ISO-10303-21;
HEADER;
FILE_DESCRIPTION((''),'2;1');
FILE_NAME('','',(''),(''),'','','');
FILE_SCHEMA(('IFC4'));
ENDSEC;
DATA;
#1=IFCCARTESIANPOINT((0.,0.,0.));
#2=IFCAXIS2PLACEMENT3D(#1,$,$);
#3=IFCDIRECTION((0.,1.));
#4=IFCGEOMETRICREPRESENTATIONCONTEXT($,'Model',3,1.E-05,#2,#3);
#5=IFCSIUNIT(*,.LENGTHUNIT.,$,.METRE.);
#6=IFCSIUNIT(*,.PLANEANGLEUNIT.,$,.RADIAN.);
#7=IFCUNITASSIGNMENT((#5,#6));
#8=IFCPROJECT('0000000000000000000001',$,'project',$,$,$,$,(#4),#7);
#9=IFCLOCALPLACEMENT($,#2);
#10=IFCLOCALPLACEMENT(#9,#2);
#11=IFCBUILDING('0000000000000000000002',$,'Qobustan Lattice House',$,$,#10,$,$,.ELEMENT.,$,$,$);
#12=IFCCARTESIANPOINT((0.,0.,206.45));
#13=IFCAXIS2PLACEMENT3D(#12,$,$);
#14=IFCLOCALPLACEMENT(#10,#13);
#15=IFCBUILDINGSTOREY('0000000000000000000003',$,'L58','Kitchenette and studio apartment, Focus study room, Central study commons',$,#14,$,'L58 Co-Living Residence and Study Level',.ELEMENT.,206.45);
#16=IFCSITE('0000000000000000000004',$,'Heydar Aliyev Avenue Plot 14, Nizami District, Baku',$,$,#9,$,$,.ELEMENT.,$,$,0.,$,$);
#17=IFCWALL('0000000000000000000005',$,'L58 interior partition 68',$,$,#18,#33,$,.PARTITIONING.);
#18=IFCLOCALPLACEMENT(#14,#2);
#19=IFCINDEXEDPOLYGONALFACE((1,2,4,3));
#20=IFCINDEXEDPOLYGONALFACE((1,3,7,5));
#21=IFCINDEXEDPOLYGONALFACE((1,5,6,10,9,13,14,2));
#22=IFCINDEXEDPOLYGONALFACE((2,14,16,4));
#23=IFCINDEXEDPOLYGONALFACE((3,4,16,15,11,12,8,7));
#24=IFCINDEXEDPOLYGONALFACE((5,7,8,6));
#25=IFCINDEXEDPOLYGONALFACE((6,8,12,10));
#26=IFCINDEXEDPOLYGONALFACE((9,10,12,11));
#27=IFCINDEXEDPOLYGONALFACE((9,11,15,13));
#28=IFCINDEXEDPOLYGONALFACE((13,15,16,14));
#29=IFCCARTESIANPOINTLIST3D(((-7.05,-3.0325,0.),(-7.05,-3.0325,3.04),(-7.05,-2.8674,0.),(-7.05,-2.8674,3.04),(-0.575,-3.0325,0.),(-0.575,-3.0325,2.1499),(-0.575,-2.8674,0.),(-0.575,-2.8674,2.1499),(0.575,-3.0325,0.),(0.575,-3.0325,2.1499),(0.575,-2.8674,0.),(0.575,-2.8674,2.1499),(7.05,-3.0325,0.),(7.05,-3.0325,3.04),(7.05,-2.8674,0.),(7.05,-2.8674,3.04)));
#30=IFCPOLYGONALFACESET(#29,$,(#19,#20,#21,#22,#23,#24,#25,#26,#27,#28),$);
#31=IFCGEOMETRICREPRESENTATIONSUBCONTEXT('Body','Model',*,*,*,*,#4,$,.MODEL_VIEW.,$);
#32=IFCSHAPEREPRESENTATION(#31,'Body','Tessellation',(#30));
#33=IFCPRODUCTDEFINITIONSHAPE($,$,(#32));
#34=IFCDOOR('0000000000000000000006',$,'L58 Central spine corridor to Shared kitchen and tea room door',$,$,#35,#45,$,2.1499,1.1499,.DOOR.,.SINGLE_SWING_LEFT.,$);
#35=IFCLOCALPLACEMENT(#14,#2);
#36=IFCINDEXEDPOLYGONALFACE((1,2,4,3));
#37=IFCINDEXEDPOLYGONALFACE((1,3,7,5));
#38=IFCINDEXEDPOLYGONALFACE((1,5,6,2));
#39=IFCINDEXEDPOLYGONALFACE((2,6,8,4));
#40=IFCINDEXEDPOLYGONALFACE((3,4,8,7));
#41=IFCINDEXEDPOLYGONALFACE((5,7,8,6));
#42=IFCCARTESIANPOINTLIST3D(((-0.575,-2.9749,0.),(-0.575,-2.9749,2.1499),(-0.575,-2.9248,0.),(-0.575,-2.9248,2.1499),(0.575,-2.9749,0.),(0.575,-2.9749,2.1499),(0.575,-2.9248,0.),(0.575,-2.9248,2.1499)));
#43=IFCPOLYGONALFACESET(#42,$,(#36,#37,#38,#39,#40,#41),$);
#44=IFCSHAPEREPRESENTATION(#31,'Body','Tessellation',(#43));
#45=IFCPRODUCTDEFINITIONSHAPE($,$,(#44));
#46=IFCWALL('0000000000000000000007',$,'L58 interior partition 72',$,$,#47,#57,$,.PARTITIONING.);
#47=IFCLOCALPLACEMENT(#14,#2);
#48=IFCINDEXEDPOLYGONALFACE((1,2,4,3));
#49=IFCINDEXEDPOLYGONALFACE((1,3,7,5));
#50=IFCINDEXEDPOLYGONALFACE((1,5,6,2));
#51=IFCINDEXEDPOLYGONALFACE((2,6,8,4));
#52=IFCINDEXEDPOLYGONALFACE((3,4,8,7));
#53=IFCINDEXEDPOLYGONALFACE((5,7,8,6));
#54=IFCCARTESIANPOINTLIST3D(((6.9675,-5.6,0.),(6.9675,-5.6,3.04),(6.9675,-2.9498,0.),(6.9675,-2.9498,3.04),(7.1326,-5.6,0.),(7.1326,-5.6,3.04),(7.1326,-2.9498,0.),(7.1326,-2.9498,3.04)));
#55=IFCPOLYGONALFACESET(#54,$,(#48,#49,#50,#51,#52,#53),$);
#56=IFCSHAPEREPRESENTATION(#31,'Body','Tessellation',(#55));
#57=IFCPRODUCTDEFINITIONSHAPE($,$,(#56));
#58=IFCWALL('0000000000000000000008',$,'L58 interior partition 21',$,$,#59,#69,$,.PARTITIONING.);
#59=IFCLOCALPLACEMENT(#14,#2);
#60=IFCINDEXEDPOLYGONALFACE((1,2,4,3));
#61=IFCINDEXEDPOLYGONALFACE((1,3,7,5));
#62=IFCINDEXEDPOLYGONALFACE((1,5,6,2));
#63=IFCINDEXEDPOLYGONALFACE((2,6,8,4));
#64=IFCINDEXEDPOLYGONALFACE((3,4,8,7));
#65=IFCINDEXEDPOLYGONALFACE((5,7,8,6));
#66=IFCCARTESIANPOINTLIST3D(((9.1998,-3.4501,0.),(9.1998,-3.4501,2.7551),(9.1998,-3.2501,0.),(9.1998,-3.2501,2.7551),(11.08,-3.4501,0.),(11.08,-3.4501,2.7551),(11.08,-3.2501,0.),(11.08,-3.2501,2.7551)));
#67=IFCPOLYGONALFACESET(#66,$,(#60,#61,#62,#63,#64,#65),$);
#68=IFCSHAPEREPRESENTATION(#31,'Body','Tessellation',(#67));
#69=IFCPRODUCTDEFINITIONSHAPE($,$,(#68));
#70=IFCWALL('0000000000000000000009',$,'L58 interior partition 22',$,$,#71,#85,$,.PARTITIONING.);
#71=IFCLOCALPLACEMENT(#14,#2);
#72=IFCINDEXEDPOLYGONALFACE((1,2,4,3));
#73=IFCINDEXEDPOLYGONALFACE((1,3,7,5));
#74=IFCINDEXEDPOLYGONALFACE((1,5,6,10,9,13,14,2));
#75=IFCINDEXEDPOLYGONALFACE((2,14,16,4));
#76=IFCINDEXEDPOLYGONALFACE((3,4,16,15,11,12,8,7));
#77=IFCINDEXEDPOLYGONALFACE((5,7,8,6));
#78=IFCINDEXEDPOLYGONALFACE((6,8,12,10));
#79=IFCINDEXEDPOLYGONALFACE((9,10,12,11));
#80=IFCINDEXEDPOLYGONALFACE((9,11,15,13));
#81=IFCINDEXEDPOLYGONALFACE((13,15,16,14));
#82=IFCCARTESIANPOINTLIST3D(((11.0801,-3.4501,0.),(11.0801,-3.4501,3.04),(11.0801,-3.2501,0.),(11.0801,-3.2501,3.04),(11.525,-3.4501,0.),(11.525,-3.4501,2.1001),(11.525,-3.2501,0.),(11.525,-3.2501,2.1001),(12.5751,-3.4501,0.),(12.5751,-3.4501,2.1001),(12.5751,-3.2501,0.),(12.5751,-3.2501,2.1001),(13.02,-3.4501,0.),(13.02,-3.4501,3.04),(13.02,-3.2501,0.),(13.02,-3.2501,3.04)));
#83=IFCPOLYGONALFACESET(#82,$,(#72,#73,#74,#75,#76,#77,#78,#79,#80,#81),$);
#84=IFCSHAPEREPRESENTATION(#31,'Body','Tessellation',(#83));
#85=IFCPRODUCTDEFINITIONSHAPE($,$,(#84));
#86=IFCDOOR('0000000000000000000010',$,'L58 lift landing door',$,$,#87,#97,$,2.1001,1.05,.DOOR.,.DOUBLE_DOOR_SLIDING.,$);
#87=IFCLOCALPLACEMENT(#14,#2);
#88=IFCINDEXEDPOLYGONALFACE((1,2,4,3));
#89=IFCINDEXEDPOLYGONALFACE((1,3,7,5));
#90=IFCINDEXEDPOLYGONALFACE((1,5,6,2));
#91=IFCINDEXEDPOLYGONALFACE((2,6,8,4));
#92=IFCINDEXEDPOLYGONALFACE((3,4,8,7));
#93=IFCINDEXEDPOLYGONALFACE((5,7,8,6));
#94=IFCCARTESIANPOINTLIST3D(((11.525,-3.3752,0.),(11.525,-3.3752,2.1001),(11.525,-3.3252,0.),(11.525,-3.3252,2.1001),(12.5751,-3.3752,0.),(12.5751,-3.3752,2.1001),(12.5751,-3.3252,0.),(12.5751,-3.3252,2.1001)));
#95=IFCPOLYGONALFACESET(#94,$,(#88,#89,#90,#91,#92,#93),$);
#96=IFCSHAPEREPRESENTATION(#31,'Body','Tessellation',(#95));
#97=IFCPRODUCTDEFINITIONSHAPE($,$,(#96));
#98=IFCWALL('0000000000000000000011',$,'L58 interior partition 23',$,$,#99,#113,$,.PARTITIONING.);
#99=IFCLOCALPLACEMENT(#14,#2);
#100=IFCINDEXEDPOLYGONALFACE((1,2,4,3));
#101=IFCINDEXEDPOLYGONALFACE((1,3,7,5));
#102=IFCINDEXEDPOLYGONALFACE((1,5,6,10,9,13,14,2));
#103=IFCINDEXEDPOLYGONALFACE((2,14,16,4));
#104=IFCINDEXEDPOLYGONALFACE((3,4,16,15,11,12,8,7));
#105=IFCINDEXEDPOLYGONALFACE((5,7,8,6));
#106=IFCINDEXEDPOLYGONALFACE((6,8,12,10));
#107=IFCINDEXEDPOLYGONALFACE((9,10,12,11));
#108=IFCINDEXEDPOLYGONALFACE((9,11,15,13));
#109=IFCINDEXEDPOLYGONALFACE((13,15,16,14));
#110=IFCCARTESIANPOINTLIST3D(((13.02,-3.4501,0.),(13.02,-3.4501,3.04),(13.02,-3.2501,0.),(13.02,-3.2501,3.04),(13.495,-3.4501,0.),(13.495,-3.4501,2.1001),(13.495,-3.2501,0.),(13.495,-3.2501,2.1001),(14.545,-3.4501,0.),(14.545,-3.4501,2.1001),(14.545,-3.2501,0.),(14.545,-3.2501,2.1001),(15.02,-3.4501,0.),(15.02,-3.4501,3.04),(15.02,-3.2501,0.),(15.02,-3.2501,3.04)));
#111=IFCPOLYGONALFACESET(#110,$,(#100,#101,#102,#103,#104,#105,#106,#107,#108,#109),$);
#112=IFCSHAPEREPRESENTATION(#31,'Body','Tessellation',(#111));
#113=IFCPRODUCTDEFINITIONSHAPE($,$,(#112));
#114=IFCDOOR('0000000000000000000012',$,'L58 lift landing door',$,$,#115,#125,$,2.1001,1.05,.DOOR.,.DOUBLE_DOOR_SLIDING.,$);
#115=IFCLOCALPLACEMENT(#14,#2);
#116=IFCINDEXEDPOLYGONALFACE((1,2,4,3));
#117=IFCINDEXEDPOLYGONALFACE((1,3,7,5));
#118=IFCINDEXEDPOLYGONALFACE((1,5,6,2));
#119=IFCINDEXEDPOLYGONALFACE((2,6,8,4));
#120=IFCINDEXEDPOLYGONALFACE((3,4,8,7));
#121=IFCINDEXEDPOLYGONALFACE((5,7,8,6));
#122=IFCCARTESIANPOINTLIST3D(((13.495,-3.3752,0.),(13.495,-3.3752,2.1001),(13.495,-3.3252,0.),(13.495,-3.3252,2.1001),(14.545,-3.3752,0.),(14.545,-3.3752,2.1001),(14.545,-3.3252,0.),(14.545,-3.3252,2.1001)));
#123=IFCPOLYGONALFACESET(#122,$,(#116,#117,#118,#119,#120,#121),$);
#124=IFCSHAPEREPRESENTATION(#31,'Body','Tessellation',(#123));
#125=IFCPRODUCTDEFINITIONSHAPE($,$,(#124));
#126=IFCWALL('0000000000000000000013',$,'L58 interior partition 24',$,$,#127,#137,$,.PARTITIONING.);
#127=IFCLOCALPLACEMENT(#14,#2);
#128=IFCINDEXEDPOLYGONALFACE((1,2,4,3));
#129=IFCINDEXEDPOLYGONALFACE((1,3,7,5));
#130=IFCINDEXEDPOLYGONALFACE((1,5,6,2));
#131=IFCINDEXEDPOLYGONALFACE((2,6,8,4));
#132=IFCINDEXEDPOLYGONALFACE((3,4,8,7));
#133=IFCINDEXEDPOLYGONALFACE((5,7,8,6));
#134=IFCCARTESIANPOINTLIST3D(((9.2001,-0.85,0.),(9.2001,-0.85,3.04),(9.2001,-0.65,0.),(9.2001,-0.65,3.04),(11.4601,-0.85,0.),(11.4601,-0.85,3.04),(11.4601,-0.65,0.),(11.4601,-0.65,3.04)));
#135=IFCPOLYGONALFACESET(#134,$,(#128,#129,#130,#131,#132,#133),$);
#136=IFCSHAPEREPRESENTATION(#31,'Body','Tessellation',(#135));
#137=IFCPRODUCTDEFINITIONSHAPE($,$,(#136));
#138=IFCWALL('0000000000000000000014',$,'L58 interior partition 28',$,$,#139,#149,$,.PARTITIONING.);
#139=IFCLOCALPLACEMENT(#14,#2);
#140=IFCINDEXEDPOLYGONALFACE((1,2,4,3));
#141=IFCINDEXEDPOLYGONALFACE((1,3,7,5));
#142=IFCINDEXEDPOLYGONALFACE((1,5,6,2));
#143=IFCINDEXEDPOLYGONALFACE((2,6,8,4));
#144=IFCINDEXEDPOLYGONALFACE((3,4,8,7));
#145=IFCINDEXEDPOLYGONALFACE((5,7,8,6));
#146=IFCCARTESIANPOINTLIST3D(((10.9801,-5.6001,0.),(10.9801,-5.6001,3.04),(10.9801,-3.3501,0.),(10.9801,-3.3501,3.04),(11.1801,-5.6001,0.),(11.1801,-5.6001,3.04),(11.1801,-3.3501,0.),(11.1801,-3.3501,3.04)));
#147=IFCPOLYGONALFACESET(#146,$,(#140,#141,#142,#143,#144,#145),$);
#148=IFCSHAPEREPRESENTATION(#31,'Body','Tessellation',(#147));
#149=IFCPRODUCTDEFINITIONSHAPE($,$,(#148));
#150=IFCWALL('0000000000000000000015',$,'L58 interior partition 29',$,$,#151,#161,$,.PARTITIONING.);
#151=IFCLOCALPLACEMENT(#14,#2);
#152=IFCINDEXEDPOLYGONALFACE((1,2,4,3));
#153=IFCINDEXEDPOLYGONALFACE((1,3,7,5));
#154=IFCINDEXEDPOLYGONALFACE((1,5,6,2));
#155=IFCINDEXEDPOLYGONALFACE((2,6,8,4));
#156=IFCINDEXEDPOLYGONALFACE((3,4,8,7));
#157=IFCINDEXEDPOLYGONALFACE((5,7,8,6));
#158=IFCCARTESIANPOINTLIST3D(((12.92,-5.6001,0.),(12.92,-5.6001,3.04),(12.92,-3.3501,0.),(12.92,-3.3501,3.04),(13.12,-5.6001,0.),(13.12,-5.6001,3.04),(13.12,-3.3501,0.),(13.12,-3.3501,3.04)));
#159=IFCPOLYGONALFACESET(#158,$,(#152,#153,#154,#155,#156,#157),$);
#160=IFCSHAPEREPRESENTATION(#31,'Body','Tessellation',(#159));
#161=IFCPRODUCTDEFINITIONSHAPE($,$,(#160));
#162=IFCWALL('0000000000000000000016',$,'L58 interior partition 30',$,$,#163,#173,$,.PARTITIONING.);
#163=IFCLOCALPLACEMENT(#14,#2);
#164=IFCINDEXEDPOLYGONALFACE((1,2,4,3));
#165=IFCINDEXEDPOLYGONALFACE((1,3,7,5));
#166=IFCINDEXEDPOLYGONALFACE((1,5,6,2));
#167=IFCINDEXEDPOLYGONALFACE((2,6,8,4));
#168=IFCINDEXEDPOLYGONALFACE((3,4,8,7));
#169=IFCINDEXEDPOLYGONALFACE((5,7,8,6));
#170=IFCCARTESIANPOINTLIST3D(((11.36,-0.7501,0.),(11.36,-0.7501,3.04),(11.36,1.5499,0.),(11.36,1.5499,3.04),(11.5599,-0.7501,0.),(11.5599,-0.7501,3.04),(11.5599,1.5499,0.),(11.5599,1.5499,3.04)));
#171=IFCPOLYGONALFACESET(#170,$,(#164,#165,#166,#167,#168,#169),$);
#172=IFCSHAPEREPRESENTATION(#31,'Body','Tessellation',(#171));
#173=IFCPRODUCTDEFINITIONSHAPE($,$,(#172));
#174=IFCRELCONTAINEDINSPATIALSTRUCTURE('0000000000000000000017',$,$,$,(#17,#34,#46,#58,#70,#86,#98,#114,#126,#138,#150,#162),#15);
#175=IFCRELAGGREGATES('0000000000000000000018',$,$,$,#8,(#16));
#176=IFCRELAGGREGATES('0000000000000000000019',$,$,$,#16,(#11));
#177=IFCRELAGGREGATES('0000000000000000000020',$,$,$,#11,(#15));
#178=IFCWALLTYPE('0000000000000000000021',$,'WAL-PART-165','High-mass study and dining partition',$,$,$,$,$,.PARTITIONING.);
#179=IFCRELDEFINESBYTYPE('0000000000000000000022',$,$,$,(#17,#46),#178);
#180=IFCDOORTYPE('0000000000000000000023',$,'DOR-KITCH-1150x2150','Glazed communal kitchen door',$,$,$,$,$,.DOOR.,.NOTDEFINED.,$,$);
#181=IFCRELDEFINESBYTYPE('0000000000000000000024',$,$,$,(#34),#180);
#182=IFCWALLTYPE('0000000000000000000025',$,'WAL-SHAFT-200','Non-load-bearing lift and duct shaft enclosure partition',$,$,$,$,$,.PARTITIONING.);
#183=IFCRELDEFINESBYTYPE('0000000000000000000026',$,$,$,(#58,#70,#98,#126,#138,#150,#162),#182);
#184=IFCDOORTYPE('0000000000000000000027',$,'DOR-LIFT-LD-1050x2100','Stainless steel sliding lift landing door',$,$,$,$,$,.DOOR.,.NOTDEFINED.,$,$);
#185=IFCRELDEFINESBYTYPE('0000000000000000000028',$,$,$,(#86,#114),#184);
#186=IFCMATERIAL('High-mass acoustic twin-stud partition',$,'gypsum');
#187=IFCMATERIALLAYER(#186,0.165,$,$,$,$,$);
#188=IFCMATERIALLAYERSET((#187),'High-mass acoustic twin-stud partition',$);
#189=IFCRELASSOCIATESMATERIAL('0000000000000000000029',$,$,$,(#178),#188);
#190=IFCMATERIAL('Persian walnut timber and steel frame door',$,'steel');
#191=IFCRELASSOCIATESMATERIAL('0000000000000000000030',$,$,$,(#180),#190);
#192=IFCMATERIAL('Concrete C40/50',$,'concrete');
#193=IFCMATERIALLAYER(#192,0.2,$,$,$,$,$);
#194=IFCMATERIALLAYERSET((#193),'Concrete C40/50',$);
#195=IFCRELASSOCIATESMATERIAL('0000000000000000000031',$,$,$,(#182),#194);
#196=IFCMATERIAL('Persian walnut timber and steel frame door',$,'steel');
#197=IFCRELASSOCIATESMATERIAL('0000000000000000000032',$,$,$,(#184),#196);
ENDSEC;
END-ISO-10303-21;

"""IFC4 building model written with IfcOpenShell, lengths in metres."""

from ifc_helpers import new_model, si_unit, direction, frame, frame_2d, origin, place, context, subcontext, project, spatial, rectangle, extrude, material, layer, layer_set, type_object, element, fill, save


model = new_model("IFC4")

# Units and contexts
model_context = context("Model", 3, precision=1e-05, world=origin(), true_north=direction((0.0, 1.0)))
body_context = subcontext(model_context, "Body", "Model", "MODEL_VIEW")
ifc_project = project(units=[si_unit("LENGTHUNIT", "METRE"), si_unit("PLANEANGLEUNIT", "RADIAN")], contexts=[model_context])

# Site, building, storey
site_placement = place(None, origin())
site = spatial("IfcSite", under=ifc_project, at=site_placement, Name="Heydar Aliyev Avenue Plot 14, Nizami District, Baku", CompositionType="ELEMENT", RefElevation=0.0)
building_placement = place(site_placement, origin())
building = spatial("IfcBuilding", under=site, at=building_placement, Name="Qobustan Lattice House", CompositionType="ELEMENT")
storey_placement = place(building_placement, frame((0.0, 0.0, 206.45)))
storey = spatial("IfcBuildingStorey", under=building, at=storey_placement, Name="L58", Description="Kitchenette and studio apartment, Focus study room, Central study commons", LongName="L58 Co-Living Residence and Study Level", CompositionType="ELEMENT", Elevation=206.45)

# Shared definitions
ifc_material_1 = material(Name="High-mass acoustic twin-stud partition", Category="gypsum")
ifc_layer_1 = layer(ifc_material_1, 0.165)
ifc_layer_set_1 = layer_set([ifc_layer_1], Name="High-mass acoustic twin-stud partition")
wall_type_1 = type_object("IfcWallType", Name="WAL-PART-165", Description="High-mass study and dining partition", PredefinedType="PARTITIONING", material=ifc_layer_set_1)

# Wall, opening, door
wall_1_placement = place(storey_placement, frame((7.05, -2.95, 0.0), z_axis=(0.0, 0.0, 1.0), x_axis=(-1.0, 0.0, 0.0)))
wall_1 = element("IfcWall", 1, at=wall_1_placement, inside=storey, type_object=wall_type_1, Name="L58 interior partition 68", PredefinedType="PARTITIONING", context=body_context, shape_type="SweptSolid", body=[
    extrude(rectangle(XDim=14.1001, YDim=0.165, at=frame_2d((7.05, 0.0))), origin(), (0.0, 0.0, 1.0), 3.04),
])
opening_1_placement = place(wall_1_placement, frame((6.4751, 0.0, 0.0)))
opening_1 = element("IfcOpeningElement", 2, at=opening_1_placement, cuts=wall_1, PredefinedType="OPENING", context=body_context, shape_type="SweptSolid", body=[
    extrude(rectangle(XDim=1.1499, YDim=2.1499, at=frame_2d((0.575, 1.075))), frame((0.0, 0.0925, 0.0), z_axis=(0.0, -1.0, 0.0), x_axis=(1.0, 0.0, 0.0)), (0.0, 0.0, 1.0), 0.1851),
])
ifc_material_2 = material(Name="Persian walnut timber and steel frame door", Category="steel")
door_type_1 = type_object("IfcDoorType", Name="DOR-KITCH-1150x2150", Description="Glazed communal kitchen door", OperationType="NOTDEFINED", PredefinedType="DOOR", material=ifc_material_2)
door_1_placement = place(opening_1_placement, origin())
door_1 = element("IfcDoor", 3, at=door_1_placement, inside=storey, type_object=door_type_1, Name="L58 Central spine corridor to Shared kitchen and tea room door", OperationType="SINGLE_SWING_LEFT", OverallHeight=2.1499, OverallWidth=1.1499, PredefinedType="DOOR", context=body_context, shape_type="SweptSolid", body=[
    extrude(rectangle(XDim=1.1499, YDim=2.1499, at=frame_2d((0.575, 1.075))), frame((0.0, 0.0249, 0.0), z_axis=(0.0, -1.0, 0.0), x_axis=(1.0, 0.0, 0.0)), (0.0, 0.0, 1.0), 0.05),
])
fill(opening_1, door_1)

# Walls
wall_2_placement = place(storey_placement, frame((7.05, -5.6001, 0.0), z_axis=(0.0, 0.0, 1.0), x_axis=(0.0, 1.0, 0.0)))
element("IfcWall", 4, at=wall_2_placement, inside=storey, type_object=wall_type_1, Name="L58 interior partition 72", PredefinedType="PARTITIONING", context=body_context, shape_type="SweptSolid", body=[
    extrude(rectangle(XDim=2.6501, YDim=0.165, at=frame_2d((1.3252, 0.0))), origin(), (0.0, 0.0, 1.0), 3.04),
])
ifc_material_3 = material(Name="Concrete C40/50", Category="concrete")
ifc_layer_2 = layer(ifc_material_3, 0.2)
ifc_layer_set_2 = layer_set([ifc_layer_2], Name="Concrete C40/50")
wall_type_2 = type_object("IfcWallType", Name="WAL-SHAFT-200", Description="Non-load-bearing lift and duct shaft enclosure partition", PredefinedType="PARTITIONING", material=ifc_layer_set_2)
wall_3_placement = place(storey_placement, frame((9.2, -3.3501, 0.0), z_axis=(0.0, 0.0, 1.0), x_axis=(1.0, 0.0, 0.0)))
element("IfcWall", 5, at=wall_3_placement, inside=storey, type_object=wall_type_2, Name="L58 interior partition 21", PredefinedType="PARTITIONING", context=body_context, shape_type="SweptSolid", body=[
    extrude(rectangle(XDim=1.8801, YDim=0.2, at=frame_2d((0.9399, 0.0))), origin(), (0.0, 0.0, 1.0), 2.7551),
])

# Walls, openings, doors
wall_4_placement = place(storey_placement, frame((11.0801, -3.3501, 0.0), z_axis=(0.0, 0.0, 1.0), x_axis=(1.0, 0.0, 0.0)))
wall_4 = element("IfcWall", 6, at=wall_4_placement, inside=storey, type_object=wall_type_2, Name="L58 interior partition 22", PredefinedType="PARTITIONING", context=body_context, shape_type="SweptSolid", body=[
    extrude(rectangle(XDim=1.9399, YDim=0.2, at=frame_2d((0.97, 0.0))), origin(), (0.0, 0.0, 1.0), 3.04),
])
opening_2_placement = place(wall_4_placement, frame((0.4451, 0.0, 0.0)))
opening_2 = element("IfcOpeningElement", 7, at=opening_2_placement, cuts=wall_4, PredefinedType="OPENING", context=body_context, shape_type="SweptSolid", body=[
    extrude(rectangle(XDim=1.05, YDim=2.1001, at=frame_2d((0.5249, 1.05))), frame((0.0, 0.1099, 0.0), z_axis=(0.0, -1.0, 0.0), x_axis=(1.0, 0.0, 0.0)), (0.0, 0.0, 1.0), 0.22),
])
ifc_material_4 = material(Name="Persian walnut timber and steel frame door", Category="steel")
door_type_2 = type_object("IfcDoorType", Name="DOR-LIFT-LD-1050x2100", Description="Stainless steel sliding lift landing door", OperationType="NOTDEFINED", PredefinedType="DOOR", material=ifc_material_4)
door_2_placement = place(opening_2_placement, origin())
door_2 = element("IfcDoor", 8, at=door_2_placement, inside=storey, type_object=door_type_2, Name="L58 lift landing door", OperationType="DOUBLE_DOOR_SLIDING", OverallHeight=2.1001, OverallWidth=1.05, PredefinedType="DOOR", context=body_context, shape_type="SweptSolid", body=[
    extrude(rectangle(XDim=1.05, YDim=2.1001, at=frame_2d((0.5249, 1.05))), frame((0.0, 0.0249, 0.0), z_axis=(0.0, -1.0, 0.0), x_axis=(1.0, 0.0, 0.0)), (0.0, 0.0, 1.0), 0.05),
])
fill(opening_2, door_2)
wall_5_placement = place(storey_placement, frame((13.02, -3.3501, 0.0), z_axis=(0.0, 0.0, 1.0), x_axis=(1.0, 0.0, 0.0)))
wall_5 = element("IfcWall", 9, at=wall_5_placement, inside=storey, type_object=wall_type_2, Name="L58 interior partition 23", PredefinedType="PARTITIONING", context=body_context, shape_type="SweptSolid", body=[
    extrude(rectangle(XDim=2.0, YDim=0.2, at=frame_2d((1.0, 0.0))), origin(), (0.0, 0.0, 1.0), 3.04),
])
opening_3_placement = place(wall_5_placement, frame((0.4751, 0.0, 0.0)))
opening_3 = element("IfcOpeningElement", 10, at=opening_3_placement, cuts=wall_5, PredefinedType="OPENING", context=body_context, shape_type="SweptSolid", body=[
    extrude(rectangle(XDim=1.05, YDim=2.1001, at=frame_2d((0.5249, 1.05))), frame((0.0, 0.1099, 0.0), z_axis=(0.0, -1.0, 0.0), x_axis=(1.0, 0.0, 0.0)), (0.0, 0.0, 1.0), 0.22),
])
door_3_placement = place(opening_3_placement, origin())
door_3 = element("IfcDoor", 11, at=door_3_placement, inside=storey, type_object=door_type_2, Name="L58 lift landing door", OperationType="DOUBLE_DOOR_SLIDING", OverallHeight=2.1001, OverallWidth=1.05, PredefinedType="DOOR", context=body_context, shape_type="SweptSolid", body=[
    extrude(rectangle(XDim=1.05, YDim=2.1001, at=frame_2d((0.5249, 1.05))), frame((0.0, 0.0249, 0.0), z_axis=(0.0, -1.0, 0.0), x_axis=(1.0, 0.0, 0.0)), (0.0, 0.0, 1.0), 0.05),
])
fill(opening_3, door_3)

# Walls
wall_6_placement = place(storey_placement, frame((11.46, -0.75, 0.0), z_axis=(0.0, 0.0, 1.0), x_axis=(-1.0, 0.0, 0.0)))
element("IfcWall", 12, at=wall_6_placement, inside=storey, type_object=wall_type_2, Name="L58 interior partition 24", PredefinedType="PARTITIONING", context=body_context, shape_type="SweptSolid", body=[
    extrude(rectangle(XDim=2.26, YDim=0.2, at=frame_2d((1.1299, 0.0))), origin(), (0.0, 0.0, 1.0), 3.04),
])
for number, where, z_axis, x_axis, name in (
    (13, (11.0801, -5.6001, 0.0), (0.0, 0.0, 1.0), (0.0, 1.0, 0.0), "L58 interior partition 28"),
    (14, (13.02, -5.6001, 0.0), (0.0, 0.0, 1.0), (0.0, 1.0, 0.0), "L58 interior partition 29"),
):
    element("IfcWall", number, at=place(storey_placement, frame(where, z_axis=z_axis, x_axis=x_axis)), inside=storey, type_object=wall_type_2, Name=name, PredefinedType="PARTITIONING", context=body_context, shape_type="SweptSolid", body=[
        extrude(rectangle(XDim=2.25, YDim=0.2, at=frame_2d((1.125, 0.0))), origin(), (0.0, 0.0, 1.0), 3.04),
    ])
wall_7_placement = place(storey_placement, frame((11.46, -0.75, 0.0), z_axis=(0.0, 0.0, 1.0), x_axis=(0.0, 1.0, 0.0)))
element("IfcWall", 15, at=wall_7_placement, inside=storey, type_object=wall_type_2, Name="L58 interior partition 30", PredefinedType="PARTITIONING", context=body_context, shape_type="SweptSolid", body=[
    extrude(rectangle(XDim=2.3, YDim=0.2, at=frame_2d((1.1499, 0.0))), origin(), (0.0, 0.0, 1.0), 3.04),
])

save(model, "model.ifc")
